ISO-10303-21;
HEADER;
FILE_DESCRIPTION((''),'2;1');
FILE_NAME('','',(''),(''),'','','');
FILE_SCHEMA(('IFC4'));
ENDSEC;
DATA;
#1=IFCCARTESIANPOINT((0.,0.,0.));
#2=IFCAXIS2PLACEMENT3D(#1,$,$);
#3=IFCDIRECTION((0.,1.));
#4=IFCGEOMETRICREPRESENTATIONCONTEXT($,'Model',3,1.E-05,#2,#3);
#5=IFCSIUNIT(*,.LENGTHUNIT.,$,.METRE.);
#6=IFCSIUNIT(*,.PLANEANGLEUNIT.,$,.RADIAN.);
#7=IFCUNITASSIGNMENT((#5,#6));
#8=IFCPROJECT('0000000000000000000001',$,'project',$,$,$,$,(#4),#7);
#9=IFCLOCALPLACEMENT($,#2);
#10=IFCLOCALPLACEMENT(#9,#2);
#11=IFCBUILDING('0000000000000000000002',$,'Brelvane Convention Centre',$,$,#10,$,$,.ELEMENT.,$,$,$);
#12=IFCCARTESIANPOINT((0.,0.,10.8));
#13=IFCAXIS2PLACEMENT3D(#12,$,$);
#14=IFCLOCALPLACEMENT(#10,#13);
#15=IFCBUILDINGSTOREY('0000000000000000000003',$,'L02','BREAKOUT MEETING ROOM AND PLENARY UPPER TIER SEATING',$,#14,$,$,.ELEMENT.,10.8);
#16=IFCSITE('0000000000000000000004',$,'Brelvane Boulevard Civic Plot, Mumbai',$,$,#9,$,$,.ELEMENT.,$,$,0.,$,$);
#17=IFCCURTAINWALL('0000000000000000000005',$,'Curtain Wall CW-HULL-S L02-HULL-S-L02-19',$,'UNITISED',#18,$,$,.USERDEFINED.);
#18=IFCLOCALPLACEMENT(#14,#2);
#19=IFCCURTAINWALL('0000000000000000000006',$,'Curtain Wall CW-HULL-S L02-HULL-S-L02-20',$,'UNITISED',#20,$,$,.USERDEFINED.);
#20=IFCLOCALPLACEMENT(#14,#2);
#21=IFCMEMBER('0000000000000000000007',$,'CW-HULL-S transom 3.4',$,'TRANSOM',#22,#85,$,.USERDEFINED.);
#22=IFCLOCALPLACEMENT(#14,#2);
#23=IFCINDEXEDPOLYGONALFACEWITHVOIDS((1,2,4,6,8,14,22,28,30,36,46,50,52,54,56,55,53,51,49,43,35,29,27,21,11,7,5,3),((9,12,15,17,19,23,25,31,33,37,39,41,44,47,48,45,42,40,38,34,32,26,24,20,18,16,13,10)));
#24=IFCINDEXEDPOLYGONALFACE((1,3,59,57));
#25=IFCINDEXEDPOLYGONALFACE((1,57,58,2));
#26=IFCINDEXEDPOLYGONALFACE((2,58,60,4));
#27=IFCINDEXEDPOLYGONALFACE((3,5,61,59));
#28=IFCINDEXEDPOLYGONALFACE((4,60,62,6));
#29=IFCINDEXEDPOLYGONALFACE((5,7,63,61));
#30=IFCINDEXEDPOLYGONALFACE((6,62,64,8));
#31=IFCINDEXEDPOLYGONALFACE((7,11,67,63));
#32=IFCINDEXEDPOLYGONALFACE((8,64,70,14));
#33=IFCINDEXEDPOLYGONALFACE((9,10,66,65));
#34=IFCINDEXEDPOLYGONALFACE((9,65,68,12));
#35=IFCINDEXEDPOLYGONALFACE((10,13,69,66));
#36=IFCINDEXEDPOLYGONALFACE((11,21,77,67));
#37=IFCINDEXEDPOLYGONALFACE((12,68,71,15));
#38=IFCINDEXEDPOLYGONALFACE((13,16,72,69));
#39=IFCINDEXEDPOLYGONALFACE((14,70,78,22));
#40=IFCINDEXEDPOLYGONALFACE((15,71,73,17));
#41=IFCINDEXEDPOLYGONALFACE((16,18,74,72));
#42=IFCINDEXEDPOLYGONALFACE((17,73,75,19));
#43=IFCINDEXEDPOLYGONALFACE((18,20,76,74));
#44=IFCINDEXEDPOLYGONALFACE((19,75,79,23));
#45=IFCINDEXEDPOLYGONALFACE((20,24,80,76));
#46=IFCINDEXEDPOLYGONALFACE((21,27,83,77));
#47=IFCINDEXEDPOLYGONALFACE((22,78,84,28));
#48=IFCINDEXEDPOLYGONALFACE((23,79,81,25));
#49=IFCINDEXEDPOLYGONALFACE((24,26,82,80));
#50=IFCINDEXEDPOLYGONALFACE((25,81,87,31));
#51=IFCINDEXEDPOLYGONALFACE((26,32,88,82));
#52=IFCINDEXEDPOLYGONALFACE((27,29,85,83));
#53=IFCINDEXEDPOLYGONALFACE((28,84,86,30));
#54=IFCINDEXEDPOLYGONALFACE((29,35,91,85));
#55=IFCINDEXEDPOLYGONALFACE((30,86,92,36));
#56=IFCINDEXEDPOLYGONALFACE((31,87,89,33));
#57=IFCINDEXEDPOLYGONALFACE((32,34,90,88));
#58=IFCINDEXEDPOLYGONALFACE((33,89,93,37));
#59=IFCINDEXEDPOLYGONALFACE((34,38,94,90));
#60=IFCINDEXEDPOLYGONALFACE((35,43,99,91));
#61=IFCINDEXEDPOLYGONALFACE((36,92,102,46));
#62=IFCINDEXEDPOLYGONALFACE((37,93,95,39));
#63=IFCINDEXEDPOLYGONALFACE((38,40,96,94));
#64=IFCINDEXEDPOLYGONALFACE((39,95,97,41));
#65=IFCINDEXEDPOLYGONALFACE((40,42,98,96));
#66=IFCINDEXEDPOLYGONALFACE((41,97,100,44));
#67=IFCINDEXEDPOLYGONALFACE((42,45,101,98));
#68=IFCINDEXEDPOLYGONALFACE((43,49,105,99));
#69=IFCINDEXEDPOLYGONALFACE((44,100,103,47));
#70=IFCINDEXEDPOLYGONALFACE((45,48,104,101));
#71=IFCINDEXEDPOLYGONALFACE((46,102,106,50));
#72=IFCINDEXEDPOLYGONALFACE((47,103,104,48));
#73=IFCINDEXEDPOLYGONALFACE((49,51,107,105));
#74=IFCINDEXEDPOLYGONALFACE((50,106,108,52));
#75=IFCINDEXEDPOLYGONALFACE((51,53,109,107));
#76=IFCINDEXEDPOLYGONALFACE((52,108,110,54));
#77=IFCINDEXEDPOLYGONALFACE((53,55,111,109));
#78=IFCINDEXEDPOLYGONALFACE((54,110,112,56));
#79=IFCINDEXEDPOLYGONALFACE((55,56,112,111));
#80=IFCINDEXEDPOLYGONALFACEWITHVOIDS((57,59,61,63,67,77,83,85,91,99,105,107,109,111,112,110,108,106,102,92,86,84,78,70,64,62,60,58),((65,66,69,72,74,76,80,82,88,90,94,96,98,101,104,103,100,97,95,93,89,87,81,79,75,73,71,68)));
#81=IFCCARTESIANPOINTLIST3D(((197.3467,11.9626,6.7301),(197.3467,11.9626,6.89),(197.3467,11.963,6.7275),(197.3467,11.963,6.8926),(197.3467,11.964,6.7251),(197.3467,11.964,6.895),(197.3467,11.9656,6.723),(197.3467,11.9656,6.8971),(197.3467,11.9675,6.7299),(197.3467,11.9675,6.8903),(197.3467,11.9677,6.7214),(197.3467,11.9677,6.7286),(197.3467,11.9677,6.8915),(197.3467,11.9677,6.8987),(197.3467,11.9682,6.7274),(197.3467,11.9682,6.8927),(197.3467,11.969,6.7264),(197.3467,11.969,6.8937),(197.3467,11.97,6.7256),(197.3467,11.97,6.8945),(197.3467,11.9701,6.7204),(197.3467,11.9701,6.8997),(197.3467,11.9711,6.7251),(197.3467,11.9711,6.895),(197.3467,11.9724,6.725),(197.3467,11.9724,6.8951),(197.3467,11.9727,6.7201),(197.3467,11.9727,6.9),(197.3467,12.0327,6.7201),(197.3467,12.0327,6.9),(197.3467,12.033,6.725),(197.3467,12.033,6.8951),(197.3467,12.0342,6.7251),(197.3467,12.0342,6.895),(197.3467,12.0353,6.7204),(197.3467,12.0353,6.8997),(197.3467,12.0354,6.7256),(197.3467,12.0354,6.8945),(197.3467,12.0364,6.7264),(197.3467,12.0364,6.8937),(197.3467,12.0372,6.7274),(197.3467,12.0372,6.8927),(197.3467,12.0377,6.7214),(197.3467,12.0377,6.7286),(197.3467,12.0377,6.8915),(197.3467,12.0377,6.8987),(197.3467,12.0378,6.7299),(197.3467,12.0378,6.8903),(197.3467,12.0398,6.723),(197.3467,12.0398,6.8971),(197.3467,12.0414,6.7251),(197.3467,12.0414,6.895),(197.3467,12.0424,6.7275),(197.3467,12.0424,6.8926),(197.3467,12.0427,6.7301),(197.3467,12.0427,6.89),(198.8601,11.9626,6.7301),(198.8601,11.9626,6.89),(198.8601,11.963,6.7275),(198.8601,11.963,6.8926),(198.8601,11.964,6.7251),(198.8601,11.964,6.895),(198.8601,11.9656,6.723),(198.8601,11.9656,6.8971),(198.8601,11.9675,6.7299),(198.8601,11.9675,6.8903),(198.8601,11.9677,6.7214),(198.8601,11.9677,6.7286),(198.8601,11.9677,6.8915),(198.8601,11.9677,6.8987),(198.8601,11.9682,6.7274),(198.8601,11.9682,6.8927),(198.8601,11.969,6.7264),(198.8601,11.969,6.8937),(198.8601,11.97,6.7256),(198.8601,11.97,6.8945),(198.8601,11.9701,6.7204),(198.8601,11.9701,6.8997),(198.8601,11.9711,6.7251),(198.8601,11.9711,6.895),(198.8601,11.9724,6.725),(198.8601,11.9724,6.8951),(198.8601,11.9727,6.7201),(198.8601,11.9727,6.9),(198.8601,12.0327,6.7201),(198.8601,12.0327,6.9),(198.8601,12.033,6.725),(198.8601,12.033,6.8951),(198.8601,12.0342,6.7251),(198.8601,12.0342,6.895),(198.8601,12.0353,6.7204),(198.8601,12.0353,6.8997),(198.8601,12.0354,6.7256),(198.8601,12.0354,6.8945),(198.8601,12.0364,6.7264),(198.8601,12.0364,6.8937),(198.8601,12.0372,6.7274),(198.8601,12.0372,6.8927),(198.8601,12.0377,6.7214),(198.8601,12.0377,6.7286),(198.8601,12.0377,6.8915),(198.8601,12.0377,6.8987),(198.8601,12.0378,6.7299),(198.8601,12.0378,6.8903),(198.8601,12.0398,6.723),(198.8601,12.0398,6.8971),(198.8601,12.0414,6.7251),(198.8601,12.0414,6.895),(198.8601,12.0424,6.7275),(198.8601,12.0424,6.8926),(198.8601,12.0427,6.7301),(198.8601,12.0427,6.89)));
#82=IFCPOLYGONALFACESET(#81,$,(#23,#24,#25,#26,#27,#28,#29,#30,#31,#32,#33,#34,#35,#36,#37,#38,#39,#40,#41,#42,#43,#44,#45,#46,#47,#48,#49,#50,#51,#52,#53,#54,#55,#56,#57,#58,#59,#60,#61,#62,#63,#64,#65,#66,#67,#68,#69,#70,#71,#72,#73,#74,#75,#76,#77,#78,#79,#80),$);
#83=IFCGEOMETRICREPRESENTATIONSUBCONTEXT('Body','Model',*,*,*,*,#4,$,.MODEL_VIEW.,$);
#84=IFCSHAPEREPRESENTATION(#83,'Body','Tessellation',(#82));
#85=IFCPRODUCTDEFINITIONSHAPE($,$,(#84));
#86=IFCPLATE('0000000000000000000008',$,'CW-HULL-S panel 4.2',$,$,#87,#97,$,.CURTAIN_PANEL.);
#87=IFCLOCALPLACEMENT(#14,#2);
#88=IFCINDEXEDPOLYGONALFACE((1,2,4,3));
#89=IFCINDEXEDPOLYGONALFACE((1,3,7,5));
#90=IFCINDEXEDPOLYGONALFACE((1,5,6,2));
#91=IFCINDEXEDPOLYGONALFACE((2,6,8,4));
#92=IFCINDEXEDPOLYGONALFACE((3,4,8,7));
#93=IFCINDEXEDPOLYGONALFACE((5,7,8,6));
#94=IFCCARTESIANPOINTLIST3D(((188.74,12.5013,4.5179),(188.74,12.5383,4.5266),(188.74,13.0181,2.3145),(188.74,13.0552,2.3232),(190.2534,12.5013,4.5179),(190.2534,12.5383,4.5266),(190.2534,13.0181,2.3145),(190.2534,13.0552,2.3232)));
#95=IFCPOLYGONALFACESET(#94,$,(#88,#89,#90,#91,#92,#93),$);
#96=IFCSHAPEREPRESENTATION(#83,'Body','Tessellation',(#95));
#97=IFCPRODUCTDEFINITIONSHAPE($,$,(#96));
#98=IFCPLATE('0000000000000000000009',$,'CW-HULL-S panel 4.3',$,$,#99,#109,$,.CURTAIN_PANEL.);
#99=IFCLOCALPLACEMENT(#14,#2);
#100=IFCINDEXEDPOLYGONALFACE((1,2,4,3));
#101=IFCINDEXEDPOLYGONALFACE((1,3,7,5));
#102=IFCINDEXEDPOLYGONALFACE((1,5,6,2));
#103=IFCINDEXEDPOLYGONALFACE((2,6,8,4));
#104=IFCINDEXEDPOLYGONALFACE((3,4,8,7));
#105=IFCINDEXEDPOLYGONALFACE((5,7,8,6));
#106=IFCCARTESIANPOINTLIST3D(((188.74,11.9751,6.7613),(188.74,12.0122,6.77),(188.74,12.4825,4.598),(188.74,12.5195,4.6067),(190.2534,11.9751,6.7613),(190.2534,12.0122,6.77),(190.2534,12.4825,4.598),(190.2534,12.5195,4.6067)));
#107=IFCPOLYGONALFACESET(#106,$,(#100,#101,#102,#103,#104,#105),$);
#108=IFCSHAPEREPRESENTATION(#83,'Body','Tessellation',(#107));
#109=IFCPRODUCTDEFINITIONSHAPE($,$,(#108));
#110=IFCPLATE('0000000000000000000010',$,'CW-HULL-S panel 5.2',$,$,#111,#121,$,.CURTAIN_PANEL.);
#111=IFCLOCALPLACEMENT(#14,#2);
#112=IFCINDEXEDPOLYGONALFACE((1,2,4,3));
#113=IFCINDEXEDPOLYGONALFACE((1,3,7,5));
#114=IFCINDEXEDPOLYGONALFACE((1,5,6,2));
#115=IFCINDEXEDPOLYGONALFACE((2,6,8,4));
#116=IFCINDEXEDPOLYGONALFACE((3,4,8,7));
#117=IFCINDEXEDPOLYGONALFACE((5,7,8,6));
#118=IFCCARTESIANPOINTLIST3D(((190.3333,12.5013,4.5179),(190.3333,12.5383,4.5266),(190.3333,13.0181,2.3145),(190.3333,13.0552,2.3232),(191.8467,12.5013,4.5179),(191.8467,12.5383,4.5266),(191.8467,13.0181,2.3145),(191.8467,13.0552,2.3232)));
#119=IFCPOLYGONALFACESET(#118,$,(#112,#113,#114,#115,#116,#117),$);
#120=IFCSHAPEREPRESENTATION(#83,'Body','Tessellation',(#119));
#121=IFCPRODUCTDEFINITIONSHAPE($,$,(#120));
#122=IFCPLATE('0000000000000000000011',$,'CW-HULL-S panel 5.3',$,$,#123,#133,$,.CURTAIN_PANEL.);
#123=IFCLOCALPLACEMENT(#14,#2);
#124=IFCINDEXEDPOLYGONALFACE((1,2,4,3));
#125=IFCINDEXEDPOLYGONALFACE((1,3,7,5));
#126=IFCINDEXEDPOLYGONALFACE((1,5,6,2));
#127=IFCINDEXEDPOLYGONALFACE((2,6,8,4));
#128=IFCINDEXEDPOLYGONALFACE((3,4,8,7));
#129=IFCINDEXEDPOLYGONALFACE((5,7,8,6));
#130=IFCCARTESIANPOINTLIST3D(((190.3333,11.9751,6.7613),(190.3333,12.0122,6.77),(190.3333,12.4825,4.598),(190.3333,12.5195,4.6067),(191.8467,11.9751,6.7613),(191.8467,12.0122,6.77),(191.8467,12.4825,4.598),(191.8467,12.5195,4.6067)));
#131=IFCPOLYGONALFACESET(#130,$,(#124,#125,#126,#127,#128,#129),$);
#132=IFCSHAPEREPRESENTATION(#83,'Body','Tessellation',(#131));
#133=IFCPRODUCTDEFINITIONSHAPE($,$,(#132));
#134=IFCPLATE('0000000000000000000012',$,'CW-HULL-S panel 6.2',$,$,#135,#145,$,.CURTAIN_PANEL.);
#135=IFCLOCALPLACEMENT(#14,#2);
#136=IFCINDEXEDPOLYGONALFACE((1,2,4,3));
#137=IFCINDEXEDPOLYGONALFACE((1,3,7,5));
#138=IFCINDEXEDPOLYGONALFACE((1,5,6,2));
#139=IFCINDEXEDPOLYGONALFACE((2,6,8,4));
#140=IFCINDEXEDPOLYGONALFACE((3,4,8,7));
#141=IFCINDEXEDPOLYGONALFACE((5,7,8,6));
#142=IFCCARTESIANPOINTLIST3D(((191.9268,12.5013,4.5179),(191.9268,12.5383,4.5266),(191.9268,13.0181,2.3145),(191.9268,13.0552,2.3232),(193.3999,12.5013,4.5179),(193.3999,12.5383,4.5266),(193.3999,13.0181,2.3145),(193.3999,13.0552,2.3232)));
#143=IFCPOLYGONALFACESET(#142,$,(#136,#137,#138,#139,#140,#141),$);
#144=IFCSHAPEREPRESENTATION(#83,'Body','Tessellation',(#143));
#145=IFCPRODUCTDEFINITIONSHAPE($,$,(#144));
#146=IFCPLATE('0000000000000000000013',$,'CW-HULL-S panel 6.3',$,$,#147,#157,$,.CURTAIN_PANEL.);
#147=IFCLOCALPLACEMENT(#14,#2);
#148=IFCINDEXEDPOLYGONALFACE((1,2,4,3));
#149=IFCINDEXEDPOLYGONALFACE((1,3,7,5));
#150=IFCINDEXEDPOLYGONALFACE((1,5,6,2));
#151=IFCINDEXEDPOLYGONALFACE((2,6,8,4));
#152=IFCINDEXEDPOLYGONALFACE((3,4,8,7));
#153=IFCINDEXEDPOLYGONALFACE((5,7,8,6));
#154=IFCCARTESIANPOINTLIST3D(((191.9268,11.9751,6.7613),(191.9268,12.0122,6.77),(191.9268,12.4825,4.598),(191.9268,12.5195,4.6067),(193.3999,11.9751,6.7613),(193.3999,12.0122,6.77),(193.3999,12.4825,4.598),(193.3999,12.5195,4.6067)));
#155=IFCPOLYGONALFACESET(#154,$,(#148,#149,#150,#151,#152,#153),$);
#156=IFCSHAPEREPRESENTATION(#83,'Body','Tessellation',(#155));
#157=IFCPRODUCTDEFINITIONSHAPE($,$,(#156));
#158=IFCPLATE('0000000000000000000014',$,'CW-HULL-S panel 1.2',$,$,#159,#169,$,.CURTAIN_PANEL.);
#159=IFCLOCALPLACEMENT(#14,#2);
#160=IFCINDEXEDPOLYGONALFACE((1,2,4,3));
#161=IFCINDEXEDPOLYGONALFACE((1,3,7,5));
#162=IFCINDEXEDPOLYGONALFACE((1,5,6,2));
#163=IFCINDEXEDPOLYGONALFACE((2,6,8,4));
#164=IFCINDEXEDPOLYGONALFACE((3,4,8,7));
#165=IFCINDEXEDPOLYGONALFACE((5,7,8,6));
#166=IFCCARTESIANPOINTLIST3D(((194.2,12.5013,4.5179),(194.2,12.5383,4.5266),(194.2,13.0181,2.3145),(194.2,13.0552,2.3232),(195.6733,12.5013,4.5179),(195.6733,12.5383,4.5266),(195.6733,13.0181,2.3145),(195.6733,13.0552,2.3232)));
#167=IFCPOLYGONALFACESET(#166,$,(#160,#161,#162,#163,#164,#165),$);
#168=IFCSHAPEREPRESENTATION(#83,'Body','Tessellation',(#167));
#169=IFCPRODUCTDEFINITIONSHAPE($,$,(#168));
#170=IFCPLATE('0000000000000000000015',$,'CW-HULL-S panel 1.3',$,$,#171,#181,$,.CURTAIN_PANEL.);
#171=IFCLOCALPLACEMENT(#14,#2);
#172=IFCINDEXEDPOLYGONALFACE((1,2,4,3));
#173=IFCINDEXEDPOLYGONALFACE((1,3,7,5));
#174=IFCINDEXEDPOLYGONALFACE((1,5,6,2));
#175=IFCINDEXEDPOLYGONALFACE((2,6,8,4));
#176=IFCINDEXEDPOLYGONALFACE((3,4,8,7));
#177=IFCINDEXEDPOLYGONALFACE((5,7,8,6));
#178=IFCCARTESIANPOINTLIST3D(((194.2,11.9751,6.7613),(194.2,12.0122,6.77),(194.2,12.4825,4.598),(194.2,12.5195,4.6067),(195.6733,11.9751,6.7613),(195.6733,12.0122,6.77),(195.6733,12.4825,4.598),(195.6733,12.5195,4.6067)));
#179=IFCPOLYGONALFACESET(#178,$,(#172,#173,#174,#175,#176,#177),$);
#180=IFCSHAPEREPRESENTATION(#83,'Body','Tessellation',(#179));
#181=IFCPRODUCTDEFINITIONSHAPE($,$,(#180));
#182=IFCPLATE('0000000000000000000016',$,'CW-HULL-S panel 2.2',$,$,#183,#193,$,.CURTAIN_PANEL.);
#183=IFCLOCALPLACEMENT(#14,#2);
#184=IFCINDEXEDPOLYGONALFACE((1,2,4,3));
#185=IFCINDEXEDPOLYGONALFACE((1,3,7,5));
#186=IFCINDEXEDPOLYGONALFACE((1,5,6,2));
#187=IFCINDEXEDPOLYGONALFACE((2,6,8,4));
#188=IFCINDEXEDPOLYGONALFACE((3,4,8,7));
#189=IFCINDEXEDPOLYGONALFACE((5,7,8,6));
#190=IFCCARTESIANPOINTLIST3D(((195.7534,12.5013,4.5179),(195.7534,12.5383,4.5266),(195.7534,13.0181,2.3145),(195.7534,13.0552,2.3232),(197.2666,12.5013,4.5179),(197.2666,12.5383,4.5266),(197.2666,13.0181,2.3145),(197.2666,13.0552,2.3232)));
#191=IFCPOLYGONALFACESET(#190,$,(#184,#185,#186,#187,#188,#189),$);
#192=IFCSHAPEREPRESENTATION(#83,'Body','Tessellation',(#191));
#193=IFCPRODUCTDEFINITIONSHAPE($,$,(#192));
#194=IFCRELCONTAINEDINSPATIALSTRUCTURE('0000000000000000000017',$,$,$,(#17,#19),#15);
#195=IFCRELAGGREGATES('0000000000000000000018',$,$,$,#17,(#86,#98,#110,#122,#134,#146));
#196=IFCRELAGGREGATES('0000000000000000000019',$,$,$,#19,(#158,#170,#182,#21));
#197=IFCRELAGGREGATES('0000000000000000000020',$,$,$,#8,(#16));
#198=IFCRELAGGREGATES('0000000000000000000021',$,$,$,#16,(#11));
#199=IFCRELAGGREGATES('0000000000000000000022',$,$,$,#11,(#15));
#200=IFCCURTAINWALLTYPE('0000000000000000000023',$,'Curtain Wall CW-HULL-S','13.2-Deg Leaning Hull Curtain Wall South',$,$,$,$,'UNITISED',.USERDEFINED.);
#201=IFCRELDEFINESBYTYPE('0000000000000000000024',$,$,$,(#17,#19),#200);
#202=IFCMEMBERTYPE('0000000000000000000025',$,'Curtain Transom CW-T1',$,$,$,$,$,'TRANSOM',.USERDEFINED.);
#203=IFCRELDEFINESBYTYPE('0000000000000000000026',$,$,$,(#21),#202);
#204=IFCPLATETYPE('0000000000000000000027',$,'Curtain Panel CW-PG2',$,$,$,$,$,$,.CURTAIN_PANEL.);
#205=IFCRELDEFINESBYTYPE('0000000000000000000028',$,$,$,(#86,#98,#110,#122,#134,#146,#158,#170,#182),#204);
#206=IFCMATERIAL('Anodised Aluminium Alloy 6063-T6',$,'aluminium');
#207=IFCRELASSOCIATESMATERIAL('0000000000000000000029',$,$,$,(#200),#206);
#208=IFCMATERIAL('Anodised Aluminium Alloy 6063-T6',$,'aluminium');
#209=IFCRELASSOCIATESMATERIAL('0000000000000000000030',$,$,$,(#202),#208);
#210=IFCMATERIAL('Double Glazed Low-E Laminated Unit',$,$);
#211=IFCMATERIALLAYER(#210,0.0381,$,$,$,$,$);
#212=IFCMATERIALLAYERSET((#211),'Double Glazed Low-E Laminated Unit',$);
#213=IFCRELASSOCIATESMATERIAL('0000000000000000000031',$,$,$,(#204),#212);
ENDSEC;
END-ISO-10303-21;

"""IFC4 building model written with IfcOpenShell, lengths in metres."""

from ifc_helpers import new_model, si_unit, direction, frame, origin, origin_2d, place, context, subcontext, project, spatial, polyline, hollow_rectangle, outline, extrude, material, layer, layer_set, material_profile, profile_set, type_object, element, aggregate, save


model = new_model("IFC4")

# Units and contexts
model_context = context("Model", 3, precision=1e-05, world=origin(), true_north=direction((0.0, 1.0)))
body_context = subcontext(model_context, "Body", "Model", "MODEL_VIEW")
ifc_project = project(units=[si_unit("LENGTHUNIT", "METRE"), si_unit("PLANEANGLEUNIT", "RADIAN")], contexts=[model_context])

# Site, building, storey
site_placement = place(None, origin())
site = spatial("IfcSite", under=ifc_project, at=site_placement, Name="Brelvane Boulevard Civic Plot, Mumbai", CompositionType="ELEMENT", RefElevation=0.0)
building_placement = place(site_placement, origin())
building = spatial("IfcBuilding", under=site, at=building_placement, Name="Brelvane Convention Centre", CompositionType="ELEMENT")
storey_placement = place(building_placement, frame((0.0, 0.0, 10.8)))
storey = spatial("IfcBuildingStorey", under=building, at=storey_placement, Name="L02", Description="BREAKOUT MEETING ROOM AND PLENARY UPPER TIER SEATING", CompositionType="ELEMENT", Elevation=10.8)

# Curtain walls, member
ifc_material_1 = material(Name="Anodised Aluminium Alloy 6063-T6", Category="aluminium")
curtain_wall_type = type_object("IfcCurtainWallType", Name="Curtain Wall CW-HULL-S", Description="13.2-Deg Leaning Hull Curtain Wall South", ElementType="UNITISED", PredefinedType="USERDEFINED", material=ifc_material_1)
curtain_wall_1_placement = place(storey_placement, origin())
curtain_wall_1 = element("IfcCurtainWall", 1, at=curtain_wall_1_placement, inside=storey, type_object=curtain_wall_type, Name="Curtain Wall CW-HULL-S L02-HULL-S-L02-19", ObjectType="UNITISED", PredefinedType="USERDEFINED")
ifc_material_2 = material(Name="Anodised Aluminium Alloy 6063-T6", Category="aluminium")
ifc_material_profile = material_profile(ifc_material_2, hollow_rectangle(XDim=0.0801, YDim=0.1799, WallThickness=0.0049, InnerFilletRadius=0.0049, OuterFilletRadius=0.01, at=origin_2d()), Name="ALU-T 180x80x5.0")
ifc_profile_set = profile_set([ifc_material_profile], Name="Anodised Aluminium Alloy 6063-T6")
member_type = type_object("IfcMemberType", Name="Curtain Transom CW-T1", ElementType="TRANSOM", PredefinedType="USERDEFINED", material=ifc_profile_set)
curtain_wall_2_placement = place(storey_placement, origin())
curtain_wall_2 = element("IfcCurtainWall", 2, at=curtain_wall_2_placement, inside=storey, type_object=curtain_wall_type, Name="Curtain Wall CW-HULL-S L02-HULL-S-L02-20", ObjectType="UNITISED", PredefinedType="USERDEFINED")
member_1_placement = place(storey_placement, frame((197.3467, 12.0027, 6.8101), z_axis=(1.0, 0.0, 0.0), x_axis=(0.0, 1.0, 0.0)))
member_1 = element("IfcMember", 3, at=member_1_placement, type_object=member_type, Name="CW-HULL-S transom 3.4", ObjectType="TRANSOM", PredefinedType="USERDEFINED", context=body_context, shape_type="SweptSolid", body=[
    extrude(hollow_rectangle(XDim=0.0801, YDim=0.1799, WallThickness=0.0049, InnerFilletRadius=0.0049, OuterFilletRadius=0.01, at=origin_2d()), origin(), (0.0, 0.0, 1.0), 1.5134),
])

# Plates
ifc_material_3 = material(Name="Double Glazed Low-E Laminated Unit")
ifc_layer_1 = layer(ifc_material_3, 0.0381)
ifc_layer_set_1 = layer_set([ifc_layer_1], Name="Double Glazed Low-E Laminated Unit")
plate_type_1 = type_object("IfcPlateType", Name="Curtain Panel CW-PG2", PredefinedType="CURTAIN_PANEL", material=ifc_layer_set_1)
plate_1_placement = place(storey_placement, frame((188.74, 13.0552, 2.3232), z_axis=(0.0, 0.973574, 0.228372), x_axis=(1.0, 0.0, 0.0)))
plate_1 = element("IfcPlate", 4, at=plate_1_placement, type_object=plate_type_1, Name="CW-HULL-S panel 4.2", PredefinedType="CURTAIN_PANEL", context=body_context, shape_type="SweptSolid", body=[
    extrude(outline(polyline([(0.0, 0.0), (1.5134, 0.0), (1.5134, -2.2632), (0.0, -2.2632), (0.0, 0.0)])), origin(), (0.0, 0.0, -1.0), 0.0381),
])
plate_2_placement = place(storey_placement, frame((188.74, 12.5195, 4.6067), z_axis=(0.0, 0.973587, 0.228317), x_axis=(1.0, 0.0, 0.0)))
plate_2 = element("IfcPlate", 5, at=plate_2_placement, type_object=plate_type_1, Name="CW-HULL-S panel 4.3", PredefinedType="CURTAIN_PANEL", context=body_context, shape_type="SweptSolid", body=[
    extrude(outline(polyline([(0.0, 0.0), (1.5134, 0.0), (1.5134, -2.222), (0.0, -2.222), (0.0, 0.0)])), origin(), (0.0, 0.0, -1.0), 0.0381),
])
plate_3_placement = place(storey_placement, frame((190.3333, 13.0552, 2.3232), z_axis=(0.0, 0.973574, 0.228372), x_axis=(1.0, 0.0, 0.0)))
plate_3 = element("IfcPlate", 6, at=plate_3_placement, type_object=plate_type_1, Name="CW-HULL-S panel 5.2", PredefinedType="CURTAIN_PANEL", context=body_context, shape_type="SweptSolid", body=[
    extrude(outline(polyline([(0.0, 0.0), (1.5134, 0.0), (1.5134, -2.2632), (0.0, -2.2632), (0.0, 0.0)])), origin(), (0.0, 0.0, -1.0), 0.0381),
])
plate_4_placement = place(storey_placement, frame((190.3333, 12.5195, 4.6067), z_axis=(0.0, 0.973587, 0.228317), x_axis=(1.0, 0.0, 0.0)))
plate_4 = element("IfcPlate", 7, at=plate_4_placement, type_object=plate_type_1, Name="CW-HULL-S panel 5.3", PredefinedType="CURTAIN_PANEL", context=body_context, shape_type="SweptSolid", body=[
    extrude(outline(polyline([(0.0, 0.0), (1.5134, 0.0), (1.5134, -2.222), (0.0, -2.222), (0.0, 0.0)])), origin(), (0.0, 0.0, -1.0), 0.0381),
])
plate_5_placement = place(storey_placement, frame((191.9268, 13.0552, 2.3232), z_axis=(0.0, 0.973574, 0.228372), x_axis=(1.0, 0.0, 0.0)))
plate_5 = element("IfcPlate", 8, at=plate_5_placement, type_object=plate_type_1, Name="CW-HULL-S panel 6.2", PredefinedType="CURTAIN_PANEL", context=body_context, shape_type="SweptSolid", body=[
    extrude(outline(polyline([(0.0, 0.0), (1.4731, 0.0), (1.4731, -2.2632), (0.0, -2.2632), (0.0, 0.0)])), origin(), (0.0, 0.0, -1.0), 0.0381),
])
plate_6_placement = place(storey_placement, frame((191.9268, 12.5195, 4.6067), z_axis=(0.0, 0.973587, 0.228317), x_axis=(1.0, 0.0, 0.0)))
plate_6 = element("IfcPlate", 9, at=plate_6_placement, type_object=plate_type_1, Name="CW-HULL-S panel 6.3", PredefinedType="CURTAIN_PANEL", context=body_context, shape_type="SweptSolid", body=[
    extrude(outline(polyline([(0.0, 0.0), (1.4731, 0.0), (1.4731, -2.222), (0.0, -2.222), (0.0, 0.0)])), origin(), (0.0, 0.0, -1.0), 0.0381),
])
plate_7_placement = place(storey_placement, frame((194.2, 13.0552, 2.3232), z_axis=(0.0, 0.973574, 0.228372), x_axis=(1.0, 0.0, 0.0)))
plate_7 = element("IfcPlate", 10, at=plate_7_placement, type_object=plate_type_1, Name="CW-HULL-S panel 1.2", PredefinedType="CURTAIN_PANEL", context=body_context, shape_type="SweptSolid", body=[
    extrude(outline(polyline([(0.0, 0.0), (1.4734, 0.0), (1.4734, -2.2632), (0.0, -2.2632), (0.0, 0.0)])), origin(), (0.0, 0.0, -1.0), 0.0381),
])
plate_8_placement = place(storey_placement, frame((194.2, 12.5195, 4.6067), z_axis=(0.0, 0.973587, 0.228317), x_axis=(1.0, 0.0, 0.0)))
plate_8 = element("IfcPlate", 11, at=plate_8_placement, type_object=plate_type_1, Name="CW-HULL-S panel 1.3", PredefinedType="CURTAIN_PANEL", context=body_context, shape_type="SweptSolid", body=[
    extrude(outline(polyline([(0.0, 0.0), (1.4734, 0.0), (1.4734, -2.222), (0.0, -2.222), (0.0, 0.0)])), origin(), (0.0, 0.0, -1.0), 0.0381),
])
plate_9_placement = place(storey_placement, frame((195.7534, 13.0552, 2.3232), z_axis=(0.0, 0.973574, 0.228372), x_axis=(1.0, 0.0, 0.0)))
plate_9 = element("IfcPlate", 12, at=plate_9_placement, type_object=plate_type_1, Name="CW-HULL-S panel 2.2", PredefinedType="CURTAIN_PANEL", context=body_context, shape_type="SweptSolid", body=[
    extrude(outline(polyline([(0.0, 0.0), (1.5132, 0.0), (1.5132, -2.2632), (0.0, -2.2632), (0.0, 0.0)])), origin(), (0.0, 0.0, -1.0), 0.0381),
])
aggregate(curtain_wall_1, [plate_1, plate_2, plate_3, plate_4, plate_5, plate_6])
aggregate(curtain_wall_2, [plate_7, plate_8, plate_9, member_1])

save(model, "model.ifc")
